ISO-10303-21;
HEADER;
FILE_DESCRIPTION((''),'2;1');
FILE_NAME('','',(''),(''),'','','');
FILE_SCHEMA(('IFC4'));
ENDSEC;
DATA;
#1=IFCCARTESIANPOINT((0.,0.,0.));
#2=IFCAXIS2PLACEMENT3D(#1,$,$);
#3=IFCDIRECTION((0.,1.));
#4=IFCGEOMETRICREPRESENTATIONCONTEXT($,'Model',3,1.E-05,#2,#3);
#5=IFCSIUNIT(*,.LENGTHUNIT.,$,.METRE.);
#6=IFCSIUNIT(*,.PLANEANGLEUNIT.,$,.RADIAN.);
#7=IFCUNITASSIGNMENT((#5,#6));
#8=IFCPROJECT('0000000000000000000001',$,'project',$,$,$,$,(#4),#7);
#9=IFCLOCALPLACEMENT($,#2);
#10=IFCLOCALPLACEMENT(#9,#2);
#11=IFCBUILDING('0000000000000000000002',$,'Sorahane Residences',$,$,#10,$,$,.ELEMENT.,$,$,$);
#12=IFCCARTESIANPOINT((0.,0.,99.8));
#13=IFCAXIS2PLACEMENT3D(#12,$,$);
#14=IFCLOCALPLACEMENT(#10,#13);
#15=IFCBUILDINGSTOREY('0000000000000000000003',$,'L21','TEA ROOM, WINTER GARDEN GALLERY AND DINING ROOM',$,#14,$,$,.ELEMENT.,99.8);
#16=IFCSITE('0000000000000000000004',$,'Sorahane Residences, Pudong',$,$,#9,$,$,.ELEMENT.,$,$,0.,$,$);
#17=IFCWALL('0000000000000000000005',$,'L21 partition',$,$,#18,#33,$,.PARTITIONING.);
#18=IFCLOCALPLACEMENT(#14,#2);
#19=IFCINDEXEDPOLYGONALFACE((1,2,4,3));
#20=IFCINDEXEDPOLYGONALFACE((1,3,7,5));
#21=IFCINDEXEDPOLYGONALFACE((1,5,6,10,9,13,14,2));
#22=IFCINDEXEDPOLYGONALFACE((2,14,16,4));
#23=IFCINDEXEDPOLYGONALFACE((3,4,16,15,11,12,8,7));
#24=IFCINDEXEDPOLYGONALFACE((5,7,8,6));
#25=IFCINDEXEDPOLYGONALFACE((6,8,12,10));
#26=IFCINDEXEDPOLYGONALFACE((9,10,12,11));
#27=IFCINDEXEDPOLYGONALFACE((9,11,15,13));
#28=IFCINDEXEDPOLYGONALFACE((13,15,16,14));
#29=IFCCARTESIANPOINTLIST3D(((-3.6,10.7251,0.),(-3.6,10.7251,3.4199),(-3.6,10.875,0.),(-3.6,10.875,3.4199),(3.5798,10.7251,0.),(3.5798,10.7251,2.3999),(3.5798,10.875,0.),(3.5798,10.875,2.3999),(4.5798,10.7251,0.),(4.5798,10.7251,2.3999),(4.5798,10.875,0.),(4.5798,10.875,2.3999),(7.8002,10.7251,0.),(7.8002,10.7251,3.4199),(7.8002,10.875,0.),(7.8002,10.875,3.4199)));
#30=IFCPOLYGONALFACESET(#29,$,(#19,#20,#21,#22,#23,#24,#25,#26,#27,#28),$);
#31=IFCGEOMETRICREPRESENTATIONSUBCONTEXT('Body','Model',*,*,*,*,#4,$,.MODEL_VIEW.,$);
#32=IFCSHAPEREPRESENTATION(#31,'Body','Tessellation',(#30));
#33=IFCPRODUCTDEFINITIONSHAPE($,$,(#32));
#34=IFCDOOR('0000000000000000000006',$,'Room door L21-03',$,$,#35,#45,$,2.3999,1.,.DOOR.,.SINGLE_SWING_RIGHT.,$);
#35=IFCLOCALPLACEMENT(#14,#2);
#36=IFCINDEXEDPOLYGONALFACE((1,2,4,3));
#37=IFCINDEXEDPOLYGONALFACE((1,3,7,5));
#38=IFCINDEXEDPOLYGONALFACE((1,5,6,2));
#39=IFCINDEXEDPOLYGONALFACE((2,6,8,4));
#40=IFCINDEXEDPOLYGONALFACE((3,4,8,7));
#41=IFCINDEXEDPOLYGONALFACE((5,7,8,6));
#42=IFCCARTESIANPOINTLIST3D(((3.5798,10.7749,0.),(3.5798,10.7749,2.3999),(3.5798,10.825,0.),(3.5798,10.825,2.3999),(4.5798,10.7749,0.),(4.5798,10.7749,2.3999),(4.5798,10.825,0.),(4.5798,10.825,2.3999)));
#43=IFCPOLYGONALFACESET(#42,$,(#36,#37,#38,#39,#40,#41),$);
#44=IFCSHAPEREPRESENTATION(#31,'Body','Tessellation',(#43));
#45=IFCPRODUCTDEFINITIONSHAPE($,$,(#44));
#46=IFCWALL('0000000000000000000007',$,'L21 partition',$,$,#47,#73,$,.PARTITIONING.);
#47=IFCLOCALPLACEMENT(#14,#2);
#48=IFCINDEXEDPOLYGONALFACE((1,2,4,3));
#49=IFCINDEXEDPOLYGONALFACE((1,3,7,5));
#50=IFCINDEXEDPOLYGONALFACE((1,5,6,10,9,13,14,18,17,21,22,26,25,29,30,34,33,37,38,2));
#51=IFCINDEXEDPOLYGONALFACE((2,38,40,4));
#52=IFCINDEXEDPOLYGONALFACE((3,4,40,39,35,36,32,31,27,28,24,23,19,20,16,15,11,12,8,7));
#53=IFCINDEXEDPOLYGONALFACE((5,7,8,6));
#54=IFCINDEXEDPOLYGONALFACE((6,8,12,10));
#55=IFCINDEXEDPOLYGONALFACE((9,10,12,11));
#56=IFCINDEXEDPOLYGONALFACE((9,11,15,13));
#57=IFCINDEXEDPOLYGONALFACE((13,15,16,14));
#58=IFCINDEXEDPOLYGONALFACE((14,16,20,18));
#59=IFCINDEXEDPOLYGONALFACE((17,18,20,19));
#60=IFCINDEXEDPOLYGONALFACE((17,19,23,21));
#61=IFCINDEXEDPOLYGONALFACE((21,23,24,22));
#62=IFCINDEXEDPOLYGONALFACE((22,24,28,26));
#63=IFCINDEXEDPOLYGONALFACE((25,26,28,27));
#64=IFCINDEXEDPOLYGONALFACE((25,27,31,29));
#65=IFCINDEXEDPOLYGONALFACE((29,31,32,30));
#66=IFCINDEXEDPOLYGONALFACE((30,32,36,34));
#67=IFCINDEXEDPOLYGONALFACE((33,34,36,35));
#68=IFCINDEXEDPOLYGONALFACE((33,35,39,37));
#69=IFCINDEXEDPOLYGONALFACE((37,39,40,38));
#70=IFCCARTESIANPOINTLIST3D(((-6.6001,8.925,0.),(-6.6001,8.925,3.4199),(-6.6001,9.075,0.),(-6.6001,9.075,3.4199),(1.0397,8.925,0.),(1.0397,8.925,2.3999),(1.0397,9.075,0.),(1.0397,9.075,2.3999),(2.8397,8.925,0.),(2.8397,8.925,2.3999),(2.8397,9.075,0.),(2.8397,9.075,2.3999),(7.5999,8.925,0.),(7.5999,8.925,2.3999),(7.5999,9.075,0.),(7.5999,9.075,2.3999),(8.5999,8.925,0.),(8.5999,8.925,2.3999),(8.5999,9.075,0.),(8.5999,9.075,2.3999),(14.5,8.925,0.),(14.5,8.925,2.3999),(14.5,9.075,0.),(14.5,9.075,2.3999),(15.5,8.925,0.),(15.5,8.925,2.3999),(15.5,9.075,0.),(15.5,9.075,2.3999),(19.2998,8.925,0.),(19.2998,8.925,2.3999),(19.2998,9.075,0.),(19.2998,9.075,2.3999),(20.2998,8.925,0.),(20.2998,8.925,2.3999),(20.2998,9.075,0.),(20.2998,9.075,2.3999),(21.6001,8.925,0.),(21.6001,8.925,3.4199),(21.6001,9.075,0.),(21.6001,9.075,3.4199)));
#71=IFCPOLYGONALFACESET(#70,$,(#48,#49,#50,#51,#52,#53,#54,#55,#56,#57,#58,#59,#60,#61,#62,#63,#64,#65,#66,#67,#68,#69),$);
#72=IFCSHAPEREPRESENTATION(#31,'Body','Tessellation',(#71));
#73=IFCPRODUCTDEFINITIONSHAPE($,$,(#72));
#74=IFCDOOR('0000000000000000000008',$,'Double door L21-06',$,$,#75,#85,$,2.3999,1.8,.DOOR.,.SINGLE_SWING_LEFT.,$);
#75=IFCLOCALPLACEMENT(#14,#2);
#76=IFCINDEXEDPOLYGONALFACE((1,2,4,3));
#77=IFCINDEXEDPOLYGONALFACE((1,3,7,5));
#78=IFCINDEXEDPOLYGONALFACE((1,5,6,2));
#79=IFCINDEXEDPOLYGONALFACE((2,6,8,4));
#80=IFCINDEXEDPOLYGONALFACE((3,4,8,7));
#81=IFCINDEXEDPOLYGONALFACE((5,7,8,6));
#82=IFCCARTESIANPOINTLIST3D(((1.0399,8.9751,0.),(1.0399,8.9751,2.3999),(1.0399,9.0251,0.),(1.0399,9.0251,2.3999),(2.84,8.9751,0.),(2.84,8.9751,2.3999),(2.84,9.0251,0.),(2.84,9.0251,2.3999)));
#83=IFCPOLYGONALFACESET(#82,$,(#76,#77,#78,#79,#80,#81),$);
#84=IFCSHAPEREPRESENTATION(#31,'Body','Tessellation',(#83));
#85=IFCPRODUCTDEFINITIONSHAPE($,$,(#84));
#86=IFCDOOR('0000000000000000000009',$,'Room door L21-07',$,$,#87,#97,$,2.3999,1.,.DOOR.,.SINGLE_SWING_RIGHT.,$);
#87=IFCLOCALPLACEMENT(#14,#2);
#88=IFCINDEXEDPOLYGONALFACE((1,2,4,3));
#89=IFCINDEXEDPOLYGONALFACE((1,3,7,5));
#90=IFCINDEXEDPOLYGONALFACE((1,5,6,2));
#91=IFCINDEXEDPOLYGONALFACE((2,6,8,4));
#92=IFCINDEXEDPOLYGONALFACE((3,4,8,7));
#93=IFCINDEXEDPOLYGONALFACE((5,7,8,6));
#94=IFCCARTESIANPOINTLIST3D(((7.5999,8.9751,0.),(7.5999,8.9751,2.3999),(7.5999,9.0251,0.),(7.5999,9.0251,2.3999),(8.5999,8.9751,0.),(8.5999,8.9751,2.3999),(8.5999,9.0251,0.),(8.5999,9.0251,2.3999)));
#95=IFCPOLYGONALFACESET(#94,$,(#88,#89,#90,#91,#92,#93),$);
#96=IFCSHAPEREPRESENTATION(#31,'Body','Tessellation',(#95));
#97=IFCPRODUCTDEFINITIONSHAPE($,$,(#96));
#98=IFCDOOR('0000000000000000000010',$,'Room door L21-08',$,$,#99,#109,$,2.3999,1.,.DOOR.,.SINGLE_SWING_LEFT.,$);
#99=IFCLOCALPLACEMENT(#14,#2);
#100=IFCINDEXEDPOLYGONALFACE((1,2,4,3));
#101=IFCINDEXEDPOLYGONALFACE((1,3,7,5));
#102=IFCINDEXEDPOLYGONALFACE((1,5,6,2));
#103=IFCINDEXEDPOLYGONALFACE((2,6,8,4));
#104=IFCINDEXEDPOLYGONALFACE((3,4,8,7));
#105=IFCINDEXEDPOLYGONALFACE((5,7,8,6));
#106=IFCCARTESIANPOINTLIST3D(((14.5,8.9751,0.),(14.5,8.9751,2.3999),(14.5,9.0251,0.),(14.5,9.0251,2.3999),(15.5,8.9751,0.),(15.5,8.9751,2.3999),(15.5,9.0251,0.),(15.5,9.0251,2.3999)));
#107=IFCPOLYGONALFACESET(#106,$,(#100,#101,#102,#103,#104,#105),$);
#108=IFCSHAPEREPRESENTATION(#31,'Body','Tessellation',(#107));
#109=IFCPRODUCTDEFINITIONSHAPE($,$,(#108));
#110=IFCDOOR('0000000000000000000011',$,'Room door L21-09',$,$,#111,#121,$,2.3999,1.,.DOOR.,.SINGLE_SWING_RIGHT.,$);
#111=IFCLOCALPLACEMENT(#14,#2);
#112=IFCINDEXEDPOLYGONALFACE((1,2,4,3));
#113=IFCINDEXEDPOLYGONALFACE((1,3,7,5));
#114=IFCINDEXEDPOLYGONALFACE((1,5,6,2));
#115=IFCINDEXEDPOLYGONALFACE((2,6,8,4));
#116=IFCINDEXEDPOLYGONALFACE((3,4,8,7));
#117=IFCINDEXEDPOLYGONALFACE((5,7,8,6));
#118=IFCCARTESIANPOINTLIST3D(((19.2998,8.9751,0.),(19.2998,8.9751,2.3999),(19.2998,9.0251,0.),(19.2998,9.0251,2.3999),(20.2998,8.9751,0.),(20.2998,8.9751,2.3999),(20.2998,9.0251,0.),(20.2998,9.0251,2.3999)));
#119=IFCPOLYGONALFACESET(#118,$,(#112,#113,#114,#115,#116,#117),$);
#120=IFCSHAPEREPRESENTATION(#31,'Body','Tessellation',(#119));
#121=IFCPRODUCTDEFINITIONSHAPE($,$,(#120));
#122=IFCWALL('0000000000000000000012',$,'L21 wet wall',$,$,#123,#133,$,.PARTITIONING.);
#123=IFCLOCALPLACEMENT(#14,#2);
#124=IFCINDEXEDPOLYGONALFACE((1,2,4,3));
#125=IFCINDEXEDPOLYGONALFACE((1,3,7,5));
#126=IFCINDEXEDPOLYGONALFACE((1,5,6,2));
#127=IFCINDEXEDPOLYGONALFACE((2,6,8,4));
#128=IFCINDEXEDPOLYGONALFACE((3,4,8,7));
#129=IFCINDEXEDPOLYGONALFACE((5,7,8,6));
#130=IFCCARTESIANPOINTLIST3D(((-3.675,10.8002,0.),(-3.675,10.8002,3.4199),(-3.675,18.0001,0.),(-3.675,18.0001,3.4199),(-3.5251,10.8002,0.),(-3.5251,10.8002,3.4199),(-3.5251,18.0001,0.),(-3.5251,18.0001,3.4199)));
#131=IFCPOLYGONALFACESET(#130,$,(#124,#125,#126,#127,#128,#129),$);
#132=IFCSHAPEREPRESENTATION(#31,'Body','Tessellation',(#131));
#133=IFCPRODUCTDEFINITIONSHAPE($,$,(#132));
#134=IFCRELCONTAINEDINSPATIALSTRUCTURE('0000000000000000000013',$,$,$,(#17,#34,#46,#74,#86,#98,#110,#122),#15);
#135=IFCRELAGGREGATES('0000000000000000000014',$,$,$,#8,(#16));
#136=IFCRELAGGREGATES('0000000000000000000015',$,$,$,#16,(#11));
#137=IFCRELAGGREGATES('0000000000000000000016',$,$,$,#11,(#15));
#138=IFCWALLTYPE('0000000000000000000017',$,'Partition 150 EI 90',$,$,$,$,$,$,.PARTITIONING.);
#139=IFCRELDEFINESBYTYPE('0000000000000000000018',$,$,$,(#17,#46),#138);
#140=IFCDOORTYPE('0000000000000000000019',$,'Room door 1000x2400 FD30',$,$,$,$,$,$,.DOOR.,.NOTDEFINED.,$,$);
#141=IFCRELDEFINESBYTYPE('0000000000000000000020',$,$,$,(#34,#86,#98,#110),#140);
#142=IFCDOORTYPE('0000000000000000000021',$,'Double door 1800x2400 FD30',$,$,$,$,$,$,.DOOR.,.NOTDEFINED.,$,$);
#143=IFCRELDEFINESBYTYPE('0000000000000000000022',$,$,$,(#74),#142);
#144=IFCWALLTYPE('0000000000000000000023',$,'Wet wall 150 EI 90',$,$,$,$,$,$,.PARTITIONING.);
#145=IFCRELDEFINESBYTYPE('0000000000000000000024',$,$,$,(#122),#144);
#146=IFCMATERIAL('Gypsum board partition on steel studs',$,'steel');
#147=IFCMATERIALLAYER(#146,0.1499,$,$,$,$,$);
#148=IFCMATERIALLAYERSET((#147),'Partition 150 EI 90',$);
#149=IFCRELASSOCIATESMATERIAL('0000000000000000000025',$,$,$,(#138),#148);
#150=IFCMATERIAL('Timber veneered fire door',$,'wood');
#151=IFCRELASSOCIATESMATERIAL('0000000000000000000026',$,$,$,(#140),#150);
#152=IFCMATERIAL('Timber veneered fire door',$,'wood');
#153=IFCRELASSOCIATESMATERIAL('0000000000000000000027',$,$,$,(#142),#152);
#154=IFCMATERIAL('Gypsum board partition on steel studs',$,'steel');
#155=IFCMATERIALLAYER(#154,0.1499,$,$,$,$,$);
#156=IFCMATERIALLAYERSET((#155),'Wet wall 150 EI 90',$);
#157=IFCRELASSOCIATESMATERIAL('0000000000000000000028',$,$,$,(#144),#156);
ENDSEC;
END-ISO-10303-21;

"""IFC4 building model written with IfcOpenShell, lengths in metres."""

from ifc_helpers import new_model, si_unit, direction, frame, frame_2d, origin, place, context, subcontext, project, spatial, rectangle, extrude, material, layer, layer_set, type_object, element, fill, save


model = new_model("IFC4")

# Units and contexts
model_context = context("Model", 3, precision=1e-05, world=origin(), true_north=direction((0.0, 1.0)))
body_context = subcontext(model_context, "Body", "Model", "MODEL_VIEW")
ifc_project = project(units=[si_unit("LENGTHUNIT", "METRE"), si_unit("PLANEANGLEUNIT", "RADIAN")], contexts=[model_context])

# Site, building, storey
site_placement = place(None, origin())
site = spatial("IfcSite", under=ifc_project, at=site_placement, Name="Sorahane Residences, Pudong", CompositionType="ELEMENT", RefElevation=0.0)
building_placement = place(site_placement, origin())
building = spatial("IfcBuilding", under=site, at=building_placement, Name="Sorahane Residences", CompositionType="ELEMENT")
storey_placement = place(building_placement, frame((0.0, 0.0, 99.8)))
storey = spatial("IfcBuildingStorey", under=building, at=storey_placement, Name="L21", Description="TEA ROOM, WINTER GARDEN GALLERY AND DINING ROOM", CompositionType="ELEMENT", Elevation=99.8)

# Wall, opening, door
ifc_material_1 = material(Name="Gypsum board partition on steel studs", Category="steel")
ifc_layer_1 = layer(ifc_material_1, 0.1499)
ifc_layer_set_1 = layer_set([ifc_layer_1], Name="Partition 150 EI 90")
wall_type_1 = type_object("IfcWallType", Name="Partition 150 EI 90", PredefinedType="PARTITIONING", material=ifc_layer_set_1)
wall_1_placement = place(storey_placement, frame((-3.6001, 10.8, 0.0), z_axis=(0.0, 0.0, 1.0), x_axis=(1.0, 0.0, 0.0)))
wall_1 = element("IfcWall", 1, at=wall_1_placement, inside=storey, type_object=wall_type_1, Name="L21 partition", PredefinedType="PARTITIONING", context=body_context, shape_type="SweptSolid", body=[
    extrude(rectangle(XDim=11.4001, YDim=0.1499, at=frame_2d((5.7002, 0.0))), origin(), (0.0, 0.0, 1.0), 3.4199),
])
opening_1_placement = place(wall_1_placement, frame((7.1799, 0.0, 0.0)))
opening_1 = element("IfcOpeningElement", 2, at=opening_1_placement, cuts=wall_1, PredefinedType="OPENING", context=body_context, shape_type="SweptSolid", body=[
    extrude(rectangle(XDim=1.0, YDim=2.3999, at=frame_2d((0.5, 1.2))), frame((0.0, 0.085, 0.0), z_axis=(0.0, -1.0, 0.0), x_axis=(1.0, 0.0, 0.0)), (0.0, 0.0, 1.0), 0.1699),
])
ifc_material_2 = material(Name="Timber veneered fire door", Category="wood")
door_type_1 = type_object("IfcDoorType", Name="Room door 1000x2400 FD30", OperationType="NOTDEFINED", PredefinedType="DOOR", material=ifc_material_2)
door_1_placement = place(opening_1_placement, origin())
door_1 = element("IfcDoor", 3, at=door_1_placement, inside=storey, type_object=door_type_1, Name="Room door L21-03", OperationType="SINGLE_SWING_RIGHT", OverallHeight=2.3999, OverallWidth=1.0, PredefinedType="DOOR", context=body_context, shape_type="SweptSolid", body=[
    extrude(rectangle(XDim=1.0, YDim=2.3999, at=frame_2d((0.5, 1.2))), frame((0.0, 0.0249, 0.0), z_axis=(0.0, -1.0, 0.0), x_axis=(1.0, 0.0, 0.0)), (0.0, 0.0, 1.0), 0.05),
])
fill(opening_1, door_1)

# Wall, openings, doors
wall_2_placement = place(storey_placement, frame((-6.6001, 9.0, 0.0), z_axis=(0.0, 0.0, 1.0), x_axis=(1.0, 0.0, 0.0)))
wall_2 = element("IfcWall", 4, at=wall_2_placement, inside=storey, type_object=wall_type_1, Name="L21 partition", PredefinedType="PARTITIONING", context=body_context, shape_type="SweptSolid", body=[
    extrude(rectangle(XDim=28.2002, YDim=0.1499, at=frame_2d((14.1001, 0.0))), origin(), (0.0, 0.0, 1.0), 3.4199),
])
opening_2_placement = place(wall_2_placement, frame((7.6399, 0.0, 0.0)))
opening_2 = element("IfcOpeningElement", 5, at=opening_2_placement, cuts=wall_2, PredefinedType="OPENING", context=body_context, shape_type="SweptSolid", body=[
    extrude(rectangle(XDim=1.8, YDim=2.3999, at=frame_2d((0.8999, 1.2))), frame((0.0, 0.085, 0.0), z_axis=(0.0, -1.0, 0.0), x_axis=(1.0, 0.0, 0.0)), (0.0, 0.0, 1.0), 0.1699),
])
opening_3_placement = place(wall_2_placement, frame((14.2, 0.0, 0.0)))
opening_3 = element("IfcOpeningElement", 6, at=opening_3_placement, cuts=wall_2, PredefinedType="OPENING", context=body_context, shape_type="SweptSolid", body=[
    extrude(rectangle(XDim=1.0, YDim=2.3999, at=frame_2d((0.5, 1.2))), frame((0.0, 0.085, 0.0), z_axis=(0.0, -1.0, 0.0), x_axis=(1.0, 0.0, 0.0)), (0.0, 0.0, 1.0), 0.1699),
])
opening_4_placement = place(wall_2_placement, frame((21.1001, 0.0, 0.0)))
opening_4 = element("IfcOpeningElement", 7, at=opening_4_placement, cuts=wall_2, PredefinedType="OPENING", context=body_context, shape_type="SweptSolid", body=[
    extrude(rectangle(XDim=1.0, YDim=2.3999, at=frame_2d((0.5, 1.2))), frame((0.0, 0.085, 0.0), z_axis=(0.0, -1.0, 0.0), x_axis=(1.0, 0.0, 0.0)), (0.0, 0.0, 1.0), 0.1699),
])
opening_5_placement = place(wall_2_placement, frame((25.8999, 0.0, 0.0)))
opening_5 = element("IfcOpeningElement", 8, at=opening_5_placement, cuts=wall_2, PredefinedType="OPENING", context=body_context, shape_type="SweptSolid", body=[
    extrude(rectangle(XDim=1.0, YDim=2.3999, at=frame_2d((0.5, 1.2))), frame((0.0, 0.085, 0.0), z_axis=(0.0, -1.0, 0.0), x_axis=(1.0, 0.0, 0.0)), (0.0, 0.0, 1.0), 0.1699),
])
ifc_material_3 = material(Name="Timber veneered fire door", Category="wood")
door_type_2 = type_object("IfcDoorType", Name="Double door 1800x2400 FD30", OperationType="NOTDEFINED", PredefinedType="DOOR", material=ifc_material_3)
door_2_placement = place(opening_2_placement, frame((1.8, 0.0, 0.0), z_axis=(0.0, 0.0, 1.0), x_axis=(-1.0, 0.0, 0.0)))
door_2 = element("IfcDoor", 9, at=door_2_placement, inside=storey, type_object=door_type_2, Name="Double door L21-06", OperationType="SINGLE_SWING_LEFT", OverallHeight=2.3999, OverallWidth=1.8, PredefinedType="DOOR", context=body_context, shape_type="SweptSolid", body=[
    extrude(rectangle(XDim=1.8, YDim=2.3999, at=frame_2d((0.8999, 1.2))), frame((0.0, 0.0249, 0.0), z_axis=(0.0, -1.0, 0.0), x_axis=(1.0, 0.0, 0.0)), (0.0, 0.0, 1.0), 0.05),
])
fill(opening_2, door_2)
door_3_placement = place(opening_3_placement, frame((1.0, 0.0, 0.0), z_axis=(0.0, 0.0, 1.0), x_axis=(-1.0, 0.0, 0.0)))
door_3 = element("IfcDoor", 10, at=door_3_placement, inside=storey, type_object=door_type_1, Name="Room door L21-07", OperationType="SINGLE_SWING_RIGHT", OverallHeight=2.3999, OverallWidth=1.0, PredefinedType="DOOR", context=body_context, shape_type="SweptSolid", body=[
    extrude(rectangle(XDim=1.0, YDim=2.3999, at=frame_2d((0.5, 1.2))), frame((0.0, 0.0249, 0.0), z_axis=(0.0, -1.0, 0.0), x_axis=(1.0, 0.0, 0.0)), (0.0, 0.0, 1.0), 0.05),
])
fill(opening_3, door_3)
door_4_placement = place(opening_4_placement, frame((1.0, 0.0, 0.0), z_axis=(0.0, 0.0, 1.0), x_axis=(-1.0, 0.0, 0.0)))
door_4 = element("IfcDoor", 11, at=door_4_placement, inside=storey, type_object=door_type_1, Name="Room door L21-08", OperationType="SINGLE_SWING_LEFT", OverallHeight=2.3999, OverallWidth=1.0, PredefinedType="DOOR", context=body_context, shape_type="SweptSolid", body=[
    extrude(rectangle(XDim=1.0, YDim=2.3999, at=frame_2d((0.5, 1.2))), frame((0.0, 0.0249, 0.0), z_axis=(0.0, -1.0, 0.0), x_axis=(1.0, 0.0, 0.0)), (0.0, 0.0, 1.0), 0.05),
])
fill(opening_4, door_4)
door_5_placement = place(opening_5_placement, frame((1.0, 0.0, 0.0), z_axis=(0.0, 0.0, 1.0), x_axis=(-1.0, 0.0, 0.0)))
door_5 = element("IfcDoor", 12, at=door_5_placement, inside=storey, type_object=door_type_1, Name="Room door L21-09", OperationType="SINGLE_SWING_RIGHT", OverallHeight=2.3999, OverallWidth=1.0, PredefinedType="DOOR", context=body_context, shape_type="SweptSolid", body=[
    extrude(rectangle(XDim=1.0, YDim=2.3999, at=frame_2d((0.5, 1.2))), frame((0.0, 0.0249, 0.0), z_axis=(0.0, -1.0, 0.0), x_axis=(1.0, 0.0, 0.0)), (0.0, 0.0, 1.0), 0.05),
])
fill(opening_5, door_5)

# Wall
ifc_material_4 = material(Name="Gypsum board partition on steel studs", Category="steel")
ifc_layer_2 = layer(ifc_material_4, 0.1499)
ifc_layer_set_2 = layer_set([ifc_layer_2], Name="Wet wall 150 EI 90")
wall_type_2 = type_object("IfcWallType", Name="Wet wall 150 EI 90", PredefinedType="PARTITIONING", material=ifc_layer_set_2)
wall_3_placement = place(storey_placement, frame((-3.6001, 10.8, 0.0), z_axis=(0.0, 0.0, 1.0), x_axis=(0.0, 1.0, 0.0)))
element("IfcWall", 13, at=wall_3_placement, inside=storey, type_object=wall_type_2, Name="L21 wet wall", PredefinedType="PARTITIONING", context=body_context, shape_type="SweptSolid", body=[
    extrude(rectangle(XDim=7.2, YDim=0.1499, at=frame_2d((3.6001, 0.0))), origin(), (0.0, 0.0, 1.0), 3.4199),
])

save(model, "model.ifc")
